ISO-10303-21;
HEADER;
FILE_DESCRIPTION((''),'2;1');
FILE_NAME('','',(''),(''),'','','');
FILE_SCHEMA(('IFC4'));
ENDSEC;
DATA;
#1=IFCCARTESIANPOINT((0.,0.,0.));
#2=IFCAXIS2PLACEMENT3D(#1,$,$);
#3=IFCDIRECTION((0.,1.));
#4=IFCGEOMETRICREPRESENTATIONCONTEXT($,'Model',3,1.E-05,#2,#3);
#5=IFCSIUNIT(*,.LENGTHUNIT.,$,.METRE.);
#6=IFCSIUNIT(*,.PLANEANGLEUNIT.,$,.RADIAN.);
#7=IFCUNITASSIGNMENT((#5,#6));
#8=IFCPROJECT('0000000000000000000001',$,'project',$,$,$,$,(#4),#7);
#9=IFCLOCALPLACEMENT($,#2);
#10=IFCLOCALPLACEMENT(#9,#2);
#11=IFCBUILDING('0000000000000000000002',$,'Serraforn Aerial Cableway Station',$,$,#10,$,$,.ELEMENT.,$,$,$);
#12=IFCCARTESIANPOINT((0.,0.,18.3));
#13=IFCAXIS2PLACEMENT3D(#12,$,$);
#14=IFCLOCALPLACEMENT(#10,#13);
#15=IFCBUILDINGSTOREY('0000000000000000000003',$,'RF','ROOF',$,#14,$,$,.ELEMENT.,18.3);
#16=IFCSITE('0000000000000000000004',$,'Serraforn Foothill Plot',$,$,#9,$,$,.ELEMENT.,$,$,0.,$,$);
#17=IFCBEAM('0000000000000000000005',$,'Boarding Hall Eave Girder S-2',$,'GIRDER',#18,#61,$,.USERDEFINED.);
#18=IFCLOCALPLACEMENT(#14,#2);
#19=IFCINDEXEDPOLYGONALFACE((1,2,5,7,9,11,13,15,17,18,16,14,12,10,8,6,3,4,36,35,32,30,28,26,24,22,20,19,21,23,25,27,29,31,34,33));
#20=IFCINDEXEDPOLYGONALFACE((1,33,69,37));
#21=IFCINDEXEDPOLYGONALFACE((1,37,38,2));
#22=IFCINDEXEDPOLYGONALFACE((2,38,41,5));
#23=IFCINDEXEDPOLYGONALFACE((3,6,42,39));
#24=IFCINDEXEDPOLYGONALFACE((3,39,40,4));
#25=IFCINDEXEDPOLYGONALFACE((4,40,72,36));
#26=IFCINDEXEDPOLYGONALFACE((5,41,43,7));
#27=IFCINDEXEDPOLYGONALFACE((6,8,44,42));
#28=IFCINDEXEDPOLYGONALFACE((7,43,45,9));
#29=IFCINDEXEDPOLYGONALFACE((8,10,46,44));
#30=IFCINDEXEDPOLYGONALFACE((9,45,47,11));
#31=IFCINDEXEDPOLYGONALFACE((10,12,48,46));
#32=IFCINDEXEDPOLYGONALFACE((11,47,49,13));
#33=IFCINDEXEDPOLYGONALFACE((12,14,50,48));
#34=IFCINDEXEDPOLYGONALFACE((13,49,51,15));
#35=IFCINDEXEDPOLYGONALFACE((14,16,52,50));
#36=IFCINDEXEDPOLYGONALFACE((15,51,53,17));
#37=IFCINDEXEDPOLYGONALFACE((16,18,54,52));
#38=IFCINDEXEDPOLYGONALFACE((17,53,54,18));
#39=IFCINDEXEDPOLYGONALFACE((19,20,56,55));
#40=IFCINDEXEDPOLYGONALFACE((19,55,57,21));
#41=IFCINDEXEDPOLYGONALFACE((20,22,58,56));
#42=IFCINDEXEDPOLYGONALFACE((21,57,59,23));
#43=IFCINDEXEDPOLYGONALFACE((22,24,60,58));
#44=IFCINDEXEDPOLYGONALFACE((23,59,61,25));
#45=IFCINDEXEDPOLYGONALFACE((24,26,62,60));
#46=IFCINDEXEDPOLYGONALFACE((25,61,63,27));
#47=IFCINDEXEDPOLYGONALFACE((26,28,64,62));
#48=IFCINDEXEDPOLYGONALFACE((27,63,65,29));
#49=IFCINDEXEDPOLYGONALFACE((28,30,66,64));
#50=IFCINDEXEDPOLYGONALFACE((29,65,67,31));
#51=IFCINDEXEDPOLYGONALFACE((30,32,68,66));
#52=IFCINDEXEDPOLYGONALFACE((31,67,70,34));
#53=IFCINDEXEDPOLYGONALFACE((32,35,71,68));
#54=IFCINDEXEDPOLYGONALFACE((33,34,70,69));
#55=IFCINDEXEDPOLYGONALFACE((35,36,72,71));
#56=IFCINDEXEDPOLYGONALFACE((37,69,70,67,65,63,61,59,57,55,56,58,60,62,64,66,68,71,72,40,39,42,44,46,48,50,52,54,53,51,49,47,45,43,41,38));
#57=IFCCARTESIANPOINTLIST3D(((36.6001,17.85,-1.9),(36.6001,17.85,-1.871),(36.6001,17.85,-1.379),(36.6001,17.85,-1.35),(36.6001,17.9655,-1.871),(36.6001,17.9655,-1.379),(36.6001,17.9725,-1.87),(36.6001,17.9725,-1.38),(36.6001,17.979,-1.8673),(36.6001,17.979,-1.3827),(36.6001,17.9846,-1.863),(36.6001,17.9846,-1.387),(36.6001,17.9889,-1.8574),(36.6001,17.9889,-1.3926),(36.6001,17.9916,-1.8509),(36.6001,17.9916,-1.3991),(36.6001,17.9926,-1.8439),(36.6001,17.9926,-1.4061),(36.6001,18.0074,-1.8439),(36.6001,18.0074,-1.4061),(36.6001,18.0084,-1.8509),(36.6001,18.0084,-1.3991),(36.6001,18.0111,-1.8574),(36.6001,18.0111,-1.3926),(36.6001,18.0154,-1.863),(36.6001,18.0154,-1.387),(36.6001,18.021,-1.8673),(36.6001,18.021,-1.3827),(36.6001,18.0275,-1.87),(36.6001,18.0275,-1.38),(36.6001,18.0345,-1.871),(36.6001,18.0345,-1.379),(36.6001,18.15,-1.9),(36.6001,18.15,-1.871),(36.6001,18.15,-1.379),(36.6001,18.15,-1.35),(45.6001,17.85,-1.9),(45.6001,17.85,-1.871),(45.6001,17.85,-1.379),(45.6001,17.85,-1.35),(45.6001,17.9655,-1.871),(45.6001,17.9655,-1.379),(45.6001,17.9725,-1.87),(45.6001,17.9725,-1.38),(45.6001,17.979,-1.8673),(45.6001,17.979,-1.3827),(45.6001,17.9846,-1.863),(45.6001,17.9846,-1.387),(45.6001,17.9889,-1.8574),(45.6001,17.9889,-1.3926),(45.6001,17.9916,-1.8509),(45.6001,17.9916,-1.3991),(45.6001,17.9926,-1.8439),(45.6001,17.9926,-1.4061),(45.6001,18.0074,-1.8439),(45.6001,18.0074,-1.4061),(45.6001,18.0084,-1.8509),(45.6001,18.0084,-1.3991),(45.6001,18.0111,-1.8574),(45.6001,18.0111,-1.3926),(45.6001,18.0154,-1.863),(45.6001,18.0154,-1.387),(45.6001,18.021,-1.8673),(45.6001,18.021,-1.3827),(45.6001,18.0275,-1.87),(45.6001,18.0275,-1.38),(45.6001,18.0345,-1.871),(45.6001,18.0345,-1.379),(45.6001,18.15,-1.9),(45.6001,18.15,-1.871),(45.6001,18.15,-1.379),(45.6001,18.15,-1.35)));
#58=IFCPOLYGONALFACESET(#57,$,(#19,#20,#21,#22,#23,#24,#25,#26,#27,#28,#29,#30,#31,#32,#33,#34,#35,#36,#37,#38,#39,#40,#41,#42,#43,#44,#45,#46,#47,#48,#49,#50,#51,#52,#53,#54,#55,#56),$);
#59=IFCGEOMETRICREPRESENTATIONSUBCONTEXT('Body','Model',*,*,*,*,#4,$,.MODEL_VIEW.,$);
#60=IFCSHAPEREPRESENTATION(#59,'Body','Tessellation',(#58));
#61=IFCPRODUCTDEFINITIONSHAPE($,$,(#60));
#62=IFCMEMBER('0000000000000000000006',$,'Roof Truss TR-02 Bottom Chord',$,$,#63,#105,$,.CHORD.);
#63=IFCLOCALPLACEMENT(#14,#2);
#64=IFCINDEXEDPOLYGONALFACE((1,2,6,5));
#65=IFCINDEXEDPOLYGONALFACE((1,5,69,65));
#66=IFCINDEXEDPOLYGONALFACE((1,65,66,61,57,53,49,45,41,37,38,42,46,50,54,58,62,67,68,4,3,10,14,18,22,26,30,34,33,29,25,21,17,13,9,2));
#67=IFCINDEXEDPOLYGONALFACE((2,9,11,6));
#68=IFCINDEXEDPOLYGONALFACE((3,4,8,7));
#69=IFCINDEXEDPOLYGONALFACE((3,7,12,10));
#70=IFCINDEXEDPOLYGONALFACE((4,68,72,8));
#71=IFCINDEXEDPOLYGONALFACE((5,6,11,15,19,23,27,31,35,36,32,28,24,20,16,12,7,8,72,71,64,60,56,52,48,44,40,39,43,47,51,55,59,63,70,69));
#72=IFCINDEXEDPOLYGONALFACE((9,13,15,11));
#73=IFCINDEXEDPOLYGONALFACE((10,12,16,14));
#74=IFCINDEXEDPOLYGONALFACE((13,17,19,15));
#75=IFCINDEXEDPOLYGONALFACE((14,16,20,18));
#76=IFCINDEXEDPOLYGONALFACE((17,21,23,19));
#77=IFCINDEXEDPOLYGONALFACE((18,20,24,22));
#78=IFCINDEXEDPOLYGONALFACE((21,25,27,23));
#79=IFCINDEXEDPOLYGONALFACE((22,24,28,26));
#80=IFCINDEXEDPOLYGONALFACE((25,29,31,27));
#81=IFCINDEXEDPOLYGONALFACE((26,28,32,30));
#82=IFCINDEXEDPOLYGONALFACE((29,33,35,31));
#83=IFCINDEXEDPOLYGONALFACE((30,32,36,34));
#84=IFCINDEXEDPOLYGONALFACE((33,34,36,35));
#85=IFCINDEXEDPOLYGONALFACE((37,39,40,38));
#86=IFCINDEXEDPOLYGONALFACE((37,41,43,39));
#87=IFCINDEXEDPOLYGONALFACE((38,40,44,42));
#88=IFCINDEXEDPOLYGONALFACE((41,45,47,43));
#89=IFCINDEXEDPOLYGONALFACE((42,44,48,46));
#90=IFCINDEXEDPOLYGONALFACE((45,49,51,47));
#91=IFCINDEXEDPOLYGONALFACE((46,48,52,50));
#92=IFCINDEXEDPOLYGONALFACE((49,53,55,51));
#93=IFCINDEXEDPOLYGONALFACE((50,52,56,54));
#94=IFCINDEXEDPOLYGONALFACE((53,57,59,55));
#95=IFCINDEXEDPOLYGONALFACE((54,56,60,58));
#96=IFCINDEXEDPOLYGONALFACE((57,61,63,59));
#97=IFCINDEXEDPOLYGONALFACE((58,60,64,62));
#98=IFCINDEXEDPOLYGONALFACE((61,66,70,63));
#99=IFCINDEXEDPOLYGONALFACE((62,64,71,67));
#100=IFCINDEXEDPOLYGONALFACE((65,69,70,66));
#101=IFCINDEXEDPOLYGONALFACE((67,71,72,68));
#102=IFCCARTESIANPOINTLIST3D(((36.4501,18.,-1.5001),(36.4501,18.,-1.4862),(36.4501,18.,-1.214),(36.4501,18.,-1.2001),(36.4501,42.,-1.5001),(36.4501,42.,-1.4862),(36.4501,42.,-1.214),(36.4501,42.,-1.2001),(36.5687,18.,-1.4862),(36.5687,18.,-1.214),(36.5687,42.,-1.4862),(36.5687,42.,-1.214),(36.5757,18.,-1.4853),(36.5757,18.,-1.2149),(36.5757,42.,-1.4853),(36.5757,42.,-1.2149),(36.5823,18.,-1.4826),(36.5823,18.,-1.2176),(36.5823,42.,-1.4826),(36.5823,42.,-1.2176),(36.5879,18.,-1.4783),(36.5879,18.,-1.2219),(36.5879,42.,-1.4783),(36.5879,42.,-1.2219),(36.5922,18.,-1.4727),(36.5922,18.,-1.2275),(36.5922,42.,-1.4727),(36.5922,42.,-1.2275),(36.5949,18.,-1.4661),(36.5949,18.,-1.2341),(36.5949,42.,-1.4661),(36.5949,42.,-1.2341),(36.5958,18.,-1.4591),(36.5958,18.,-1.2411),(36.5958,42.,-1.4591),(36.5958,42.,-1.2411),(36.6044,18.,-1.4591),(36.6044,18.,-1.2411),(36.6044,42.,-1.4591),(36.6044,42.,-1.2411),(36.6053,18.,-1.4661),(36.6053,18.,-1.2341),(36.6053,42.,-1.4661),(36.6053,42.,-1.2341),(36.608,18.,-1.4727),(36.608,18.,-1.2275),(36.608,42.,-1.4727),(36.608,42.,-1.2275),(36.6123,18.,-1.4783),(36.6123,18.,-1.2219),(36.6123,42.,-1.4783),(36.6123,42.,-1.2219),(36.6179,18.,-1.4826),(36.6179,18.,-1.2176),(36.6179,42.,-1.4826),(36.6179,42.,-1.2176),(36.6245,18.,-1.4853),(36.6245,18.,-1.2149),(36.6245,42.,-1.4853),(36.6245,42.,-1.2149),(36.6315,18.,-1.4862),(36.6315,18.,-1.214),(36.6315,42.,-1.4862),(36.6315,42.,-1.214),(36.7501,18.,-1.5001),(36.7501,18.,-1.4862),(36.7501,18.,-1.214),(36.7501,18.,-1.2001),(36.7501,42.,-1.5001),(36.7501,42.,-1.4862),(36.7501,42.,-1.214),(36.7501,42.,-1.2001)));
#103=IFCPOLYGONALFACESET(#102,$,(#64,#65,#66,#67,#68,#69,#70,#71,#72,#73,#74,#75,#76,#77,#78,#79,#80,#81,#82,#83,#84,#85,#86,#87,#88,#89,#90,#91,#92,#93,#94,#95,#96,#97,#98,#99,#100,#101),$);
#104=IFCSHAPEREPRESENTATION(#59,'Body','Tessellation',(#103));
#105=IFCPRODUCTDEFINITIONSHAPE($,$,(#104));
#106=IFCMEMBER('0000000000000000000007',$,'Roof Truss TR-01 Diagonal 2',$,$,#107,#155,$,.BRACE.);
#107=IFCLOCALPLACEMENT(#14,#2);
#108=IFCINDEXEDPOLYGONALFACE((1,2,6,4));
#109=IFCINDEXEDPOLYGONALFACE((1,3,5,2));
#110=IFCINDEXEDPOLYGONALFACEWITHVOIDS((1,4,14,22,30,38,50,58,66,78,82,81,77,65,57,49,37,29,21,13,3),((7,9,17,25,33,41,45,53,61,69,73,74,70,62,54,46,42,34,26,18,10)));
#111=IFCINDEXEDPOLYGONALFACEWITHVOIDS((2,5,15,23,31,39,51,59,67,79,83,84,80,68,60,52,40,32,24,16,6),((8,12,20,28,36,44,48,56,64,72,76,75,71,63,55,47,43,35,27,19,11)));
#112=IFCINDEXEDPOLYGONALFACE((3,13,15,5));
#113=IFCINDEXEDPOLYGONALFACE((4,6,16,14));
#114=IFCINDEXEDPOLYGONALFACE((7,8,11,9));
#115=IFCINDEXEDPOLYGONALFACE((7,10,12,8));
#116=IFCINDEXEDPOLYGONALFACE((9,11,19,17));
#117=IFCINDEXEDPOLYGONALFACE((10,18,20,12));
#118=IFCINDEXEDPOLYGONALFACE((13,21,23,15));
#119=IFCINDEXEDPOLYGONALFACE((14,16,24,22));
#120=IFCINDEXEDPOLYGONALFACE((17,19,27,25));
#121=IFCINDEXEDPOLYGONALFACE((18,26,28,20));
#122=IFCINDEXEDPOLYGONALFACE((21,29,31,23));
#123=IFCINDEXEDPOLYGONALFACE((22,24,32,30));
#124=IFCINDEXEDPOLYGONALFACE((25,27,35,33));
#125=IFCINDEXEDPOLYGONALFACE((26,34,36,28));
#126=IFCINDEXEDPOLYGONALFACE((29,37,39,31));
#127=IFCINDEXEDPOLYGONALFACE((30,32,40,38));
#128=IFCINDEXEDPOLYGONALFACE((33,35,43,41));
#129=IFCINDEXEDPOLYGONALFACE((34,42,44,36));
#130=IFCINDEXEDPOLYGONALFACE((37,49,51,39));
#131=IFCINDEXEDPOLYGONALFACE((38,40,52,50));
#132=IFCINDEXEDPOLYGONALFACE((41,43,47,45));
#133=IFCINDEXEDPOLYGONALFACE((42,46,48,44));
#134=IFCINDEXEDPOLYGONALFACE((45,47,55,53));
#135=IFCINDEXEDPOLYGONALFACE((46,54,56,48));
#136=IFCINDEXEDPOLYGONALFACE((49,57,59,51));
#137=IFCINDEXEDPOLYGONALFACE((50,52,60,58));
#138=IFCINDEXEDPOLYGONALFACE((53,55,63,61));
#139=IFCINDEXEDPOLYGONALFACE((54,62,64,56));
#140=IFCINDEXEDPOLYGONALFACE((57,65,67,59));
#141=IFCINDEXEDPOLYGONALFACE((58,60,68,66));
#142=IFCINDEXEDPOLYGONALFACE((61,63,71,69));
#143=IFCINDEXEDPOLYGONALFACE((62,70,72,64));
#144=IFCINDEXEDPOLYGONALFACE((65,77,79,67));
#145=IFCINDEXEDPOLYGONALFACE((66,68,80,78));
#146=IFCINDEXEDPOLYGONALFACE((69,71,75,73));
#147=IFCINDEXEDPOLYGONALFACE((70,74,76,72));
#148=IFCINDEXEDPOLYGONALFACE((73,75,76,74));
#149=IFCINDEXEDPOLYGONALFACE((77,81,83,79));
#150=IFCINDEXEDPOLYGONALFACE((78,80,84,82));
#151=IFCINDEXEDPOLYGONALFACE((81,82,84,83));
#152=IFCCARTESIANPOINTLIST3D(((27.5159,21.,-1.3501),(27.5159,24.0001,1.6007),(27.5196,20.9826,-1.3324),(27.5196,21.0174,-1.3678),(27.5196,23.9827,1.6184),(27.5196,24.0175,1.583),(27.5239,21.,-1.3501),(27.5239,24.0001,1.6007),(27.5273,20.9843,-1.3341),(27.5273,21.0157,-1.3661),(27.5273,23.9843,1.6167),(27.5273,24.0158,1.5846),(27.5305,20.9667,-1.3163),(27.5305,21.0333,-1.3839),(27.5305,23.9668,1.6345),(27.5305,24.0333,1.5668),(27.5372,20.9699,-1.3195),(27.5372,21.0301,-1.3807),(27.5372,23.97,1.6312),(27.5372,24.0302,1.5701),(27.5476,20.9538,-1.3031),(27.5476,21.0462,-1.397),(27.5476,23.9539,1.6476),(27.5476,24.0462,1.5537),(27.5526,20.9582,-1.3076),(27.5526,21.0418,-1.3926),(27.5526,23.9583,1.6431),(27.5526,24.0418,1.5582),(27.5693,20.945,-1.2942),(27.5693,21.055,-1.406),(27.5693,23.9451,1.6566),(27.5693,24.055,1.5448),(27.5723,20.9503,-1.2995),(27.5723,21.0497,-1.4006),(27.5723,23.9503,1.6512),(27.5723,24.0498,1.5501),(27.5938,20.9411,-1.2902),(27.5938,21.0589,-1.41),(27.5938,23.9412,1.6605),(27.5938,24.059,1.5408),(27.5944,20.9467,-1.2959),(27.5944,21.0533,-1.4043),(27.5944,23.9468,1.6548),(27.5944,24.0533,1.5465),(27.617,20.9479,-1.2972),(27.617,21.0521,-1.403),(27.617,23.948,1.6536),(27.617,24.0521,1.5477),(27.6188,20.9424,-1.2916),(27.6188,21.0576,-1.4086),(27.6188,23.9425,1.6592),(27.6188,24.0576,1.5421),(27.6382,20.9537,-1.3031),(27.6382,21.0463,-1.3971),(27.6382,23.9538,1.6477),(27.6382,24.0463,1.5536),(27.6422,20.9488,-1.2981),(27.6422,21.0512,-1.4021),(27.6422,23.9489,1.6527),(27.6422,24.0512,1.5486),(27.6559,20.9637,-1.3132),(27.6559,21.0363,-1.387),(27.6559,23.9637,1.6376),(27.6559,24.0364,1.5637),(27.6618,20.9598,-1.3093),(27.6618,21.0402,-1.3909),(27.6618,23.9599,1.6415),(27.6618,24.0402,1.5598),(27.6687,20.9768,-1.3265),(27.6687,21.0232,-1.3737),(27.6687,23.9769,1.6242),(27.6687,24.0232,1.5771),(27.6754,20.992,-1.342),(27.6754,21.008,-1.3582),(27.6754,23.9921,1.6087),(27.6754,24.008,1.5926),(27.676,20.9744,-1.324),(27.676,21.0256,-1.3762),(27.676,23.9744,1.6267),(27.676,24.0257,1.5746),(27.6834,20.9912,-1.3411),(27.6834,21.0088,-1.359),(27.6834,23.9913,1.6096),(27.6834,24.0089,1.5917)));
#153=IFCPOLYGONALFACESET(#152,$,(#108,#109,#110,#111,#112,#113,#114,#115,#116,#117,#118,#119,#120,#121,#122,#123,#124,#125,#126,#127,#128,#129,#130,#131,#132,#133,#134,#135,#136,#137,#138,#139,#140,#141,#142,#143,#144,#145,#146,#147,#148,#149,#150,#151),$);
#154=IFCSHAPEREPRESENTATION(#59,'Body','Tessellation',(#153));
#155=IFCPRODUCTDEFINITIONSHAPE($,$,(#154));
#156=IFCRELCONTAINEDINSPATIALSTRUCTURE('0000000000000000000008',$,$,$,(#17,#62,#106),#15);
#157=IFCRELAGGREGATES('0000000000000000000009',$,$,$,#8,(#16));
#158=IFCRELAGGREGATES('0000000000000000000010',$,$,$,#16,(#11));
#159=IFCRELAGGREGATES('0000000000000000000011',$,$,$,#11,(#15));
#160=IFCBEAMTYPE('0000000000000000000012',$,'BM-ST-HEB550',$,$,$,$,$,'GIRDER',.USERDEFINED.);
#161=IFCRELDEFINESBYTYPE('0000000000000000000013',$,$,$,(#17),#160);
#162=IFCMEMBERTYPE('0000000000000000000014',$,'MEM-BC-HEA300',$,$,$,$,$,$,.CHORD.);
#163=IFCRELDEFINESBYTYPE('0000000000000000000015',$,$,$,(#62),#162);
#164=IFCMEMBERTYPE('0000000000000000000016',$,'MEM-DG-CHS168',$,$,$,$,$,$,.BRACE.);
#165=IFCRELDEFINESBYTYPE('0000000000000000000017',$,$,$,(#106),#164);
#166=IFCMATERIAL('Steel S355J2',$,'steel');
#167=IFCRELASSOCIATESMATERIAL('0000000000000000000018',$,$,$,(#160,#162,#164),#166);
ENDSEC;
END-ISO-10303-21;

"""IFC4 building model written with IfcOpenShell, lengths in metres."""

from ifc_helpers import new_model, si_unit, direction, frame, origin, origin_2d, place, context, subcontext, project, spatial, hollow_circle, i_section, extrude, material, material_profile, profile_set, type_object, element, save


model = new_model("IFC4")

# Units and contexts
model_context = context("Model", 3, precision=1e-05, world=origin(), true_north=direction((0.0, 1.0)))
body_context = subcontext(model_context, "Body", "Model", "MODEL_VIEW")
ifc_project = project(units=[si_unit("LENGTHUNIT", "METRE"), si_unit("PLANEANGLEUNIT", "RADIAN")], contexts=[model_context])

# Site, building, storey
site_placement = place(None, origin())
site = spatial("IfcSite", under=ifc_project, at=site_placement, Name="Serraforn Foothill Plot", CompositionType="ELEMENT", RefElevation=0.0)
building_placement = place(site_placement, origin())
building = spatial("IfcBuilding", under=site, at=building_placement, Name="Serraforn Aerial Cableway Station", CompositionType="ELEMENT")
storey_placement = place(building_placement, frame((0.0, 0.0, 18.3)))
storey = spatial("IfcBuildingStorey", under=building, at=storey_placement, Name="RF", Description="ROOF", CompositionType="ELEMENT", Elevation=18.3)

# Beam
ifc_material_1 = material(Name="Steel S355J2", Category="steel")
ifc_material_profile_1 = material_profile(ifc_material_1, i_section(OverallWidth=0.3, OverallDepth=0.55, WebThickness=0.0149, FlangeThickness=0.0291, FilletRadius=0.0271, at=origin_2d()), Name="HEB 550")
ifc_profile_set_1 = profile_set([ifc_material_profile_1], Name="Steel S355J2")
beam_type = type_object("IfcBeamType", Name="BM-ST-HEB550", ElementType="GIRDER", PredefinedType="USERDEFINED", material=ifc_profile_set_1)
beam_placement = place(storey_placement, frame((36.6001, 18.0, -1.625), z_axis=(1.0, 0.0, 0.0), x_axis=(0.0, 1.0, 0.0)))
element("IfcBeam", 1, at=beam_placement, inside=storey, type_object=beam_type, Name="Boarding Hall Eave Girder S-2", ObjectType="GIRDER", PredefinedType="USERDEFINED", context=body_context, shape_type="SweptSolid", body=[
    extrude(i_section(OverallWidth=0.3, OverallDepth=0.55, WebThickness=0.0149, FlangeThickness=0.0291, FilletRadius=0.0271, at=origin_2d()), origin(), (0.0, 0.0, 1.0), 9.0),
])

# Members
ifc_material_profile_2 = material_profile(ifc_material_1, i_section(OverallWidth=0.3, OverallDepth=0.3, WebThickness=0.0085, FlangeThickness=0.0139, FilletRadius=0.0271, at=origin_2d()), Name="HEA 300")
ifc_profile_set_2 = profile_set([ifc_material_profile_2], Name="Steel S355J2")
member_type_1 = type_object("IfcMemberType", Name="MEM-BC-HEA300", PredefinedType="CHORD", material=ifc_profile_set_2)
member_1_placement = place(storey_placement, frame((36.6001, 18.0, -1.3501), z_axis=(0.0, 1.0, 0.0), x_axis=(-1.0, 0.0, 0.0)))
element("IfcMember", 2, at=member_1_placement, inside=storey, type_object=member_type_1, Name="Roof Truss TR-02 Bottom Chord", PredefinedType="CHORD", context=body_context, shape_type="SweptSolid", body=[
    extrude(i_section(OverallWidth=0.3, OverallDepth=0.3, WebThickness=0.0085, FlangeThickness=0.0139, FilletRadius=0.0271, at=origin_2d()), origin(), (0.0, 0.0, 1.0), 24.0),
])
ifc_material_profile_3 = material_profile(ifc_material_1, hollow_circle(Radius=0.0842, WallThickness=0.0081, at=origin_2d()), Name="CHS 168.3x8.0")
ifc_profile_set_3 = profile_set([ifc_material_profile_3], Name="Steel S355J2")
member_type_2 = type_object("IfcMemberType", Name="MEM-DG-CHS168", PredefinedType="BRACE", material=ifc_profile_set_3)
for number, where, z_axis, x_axis, name in (
    (3, (27.6001, 21.0, -1.3501), (0.0, 0.712942, 0.701223), (-1.0, 0.0, 0.0), "Roof Truss TR-01 Diagonal 2"),
):
    element("IfcMember", number, at=place(storey_placement, frame(where, z_axis=z_axis, x_axis=x_axis)), inside=storey, type_object=member_type_2, Name=name, PredefinedType="BRACE", context=body_context, shape_type="SweptSolid", body=[
        extrude(hollow_circle(Radius=0.0842, WallThickness=0.0081, at=origin_2d()), origin(), (0.0, 0.0, 1.0), 4.208),
    ])

save(model, "model.ifc")
